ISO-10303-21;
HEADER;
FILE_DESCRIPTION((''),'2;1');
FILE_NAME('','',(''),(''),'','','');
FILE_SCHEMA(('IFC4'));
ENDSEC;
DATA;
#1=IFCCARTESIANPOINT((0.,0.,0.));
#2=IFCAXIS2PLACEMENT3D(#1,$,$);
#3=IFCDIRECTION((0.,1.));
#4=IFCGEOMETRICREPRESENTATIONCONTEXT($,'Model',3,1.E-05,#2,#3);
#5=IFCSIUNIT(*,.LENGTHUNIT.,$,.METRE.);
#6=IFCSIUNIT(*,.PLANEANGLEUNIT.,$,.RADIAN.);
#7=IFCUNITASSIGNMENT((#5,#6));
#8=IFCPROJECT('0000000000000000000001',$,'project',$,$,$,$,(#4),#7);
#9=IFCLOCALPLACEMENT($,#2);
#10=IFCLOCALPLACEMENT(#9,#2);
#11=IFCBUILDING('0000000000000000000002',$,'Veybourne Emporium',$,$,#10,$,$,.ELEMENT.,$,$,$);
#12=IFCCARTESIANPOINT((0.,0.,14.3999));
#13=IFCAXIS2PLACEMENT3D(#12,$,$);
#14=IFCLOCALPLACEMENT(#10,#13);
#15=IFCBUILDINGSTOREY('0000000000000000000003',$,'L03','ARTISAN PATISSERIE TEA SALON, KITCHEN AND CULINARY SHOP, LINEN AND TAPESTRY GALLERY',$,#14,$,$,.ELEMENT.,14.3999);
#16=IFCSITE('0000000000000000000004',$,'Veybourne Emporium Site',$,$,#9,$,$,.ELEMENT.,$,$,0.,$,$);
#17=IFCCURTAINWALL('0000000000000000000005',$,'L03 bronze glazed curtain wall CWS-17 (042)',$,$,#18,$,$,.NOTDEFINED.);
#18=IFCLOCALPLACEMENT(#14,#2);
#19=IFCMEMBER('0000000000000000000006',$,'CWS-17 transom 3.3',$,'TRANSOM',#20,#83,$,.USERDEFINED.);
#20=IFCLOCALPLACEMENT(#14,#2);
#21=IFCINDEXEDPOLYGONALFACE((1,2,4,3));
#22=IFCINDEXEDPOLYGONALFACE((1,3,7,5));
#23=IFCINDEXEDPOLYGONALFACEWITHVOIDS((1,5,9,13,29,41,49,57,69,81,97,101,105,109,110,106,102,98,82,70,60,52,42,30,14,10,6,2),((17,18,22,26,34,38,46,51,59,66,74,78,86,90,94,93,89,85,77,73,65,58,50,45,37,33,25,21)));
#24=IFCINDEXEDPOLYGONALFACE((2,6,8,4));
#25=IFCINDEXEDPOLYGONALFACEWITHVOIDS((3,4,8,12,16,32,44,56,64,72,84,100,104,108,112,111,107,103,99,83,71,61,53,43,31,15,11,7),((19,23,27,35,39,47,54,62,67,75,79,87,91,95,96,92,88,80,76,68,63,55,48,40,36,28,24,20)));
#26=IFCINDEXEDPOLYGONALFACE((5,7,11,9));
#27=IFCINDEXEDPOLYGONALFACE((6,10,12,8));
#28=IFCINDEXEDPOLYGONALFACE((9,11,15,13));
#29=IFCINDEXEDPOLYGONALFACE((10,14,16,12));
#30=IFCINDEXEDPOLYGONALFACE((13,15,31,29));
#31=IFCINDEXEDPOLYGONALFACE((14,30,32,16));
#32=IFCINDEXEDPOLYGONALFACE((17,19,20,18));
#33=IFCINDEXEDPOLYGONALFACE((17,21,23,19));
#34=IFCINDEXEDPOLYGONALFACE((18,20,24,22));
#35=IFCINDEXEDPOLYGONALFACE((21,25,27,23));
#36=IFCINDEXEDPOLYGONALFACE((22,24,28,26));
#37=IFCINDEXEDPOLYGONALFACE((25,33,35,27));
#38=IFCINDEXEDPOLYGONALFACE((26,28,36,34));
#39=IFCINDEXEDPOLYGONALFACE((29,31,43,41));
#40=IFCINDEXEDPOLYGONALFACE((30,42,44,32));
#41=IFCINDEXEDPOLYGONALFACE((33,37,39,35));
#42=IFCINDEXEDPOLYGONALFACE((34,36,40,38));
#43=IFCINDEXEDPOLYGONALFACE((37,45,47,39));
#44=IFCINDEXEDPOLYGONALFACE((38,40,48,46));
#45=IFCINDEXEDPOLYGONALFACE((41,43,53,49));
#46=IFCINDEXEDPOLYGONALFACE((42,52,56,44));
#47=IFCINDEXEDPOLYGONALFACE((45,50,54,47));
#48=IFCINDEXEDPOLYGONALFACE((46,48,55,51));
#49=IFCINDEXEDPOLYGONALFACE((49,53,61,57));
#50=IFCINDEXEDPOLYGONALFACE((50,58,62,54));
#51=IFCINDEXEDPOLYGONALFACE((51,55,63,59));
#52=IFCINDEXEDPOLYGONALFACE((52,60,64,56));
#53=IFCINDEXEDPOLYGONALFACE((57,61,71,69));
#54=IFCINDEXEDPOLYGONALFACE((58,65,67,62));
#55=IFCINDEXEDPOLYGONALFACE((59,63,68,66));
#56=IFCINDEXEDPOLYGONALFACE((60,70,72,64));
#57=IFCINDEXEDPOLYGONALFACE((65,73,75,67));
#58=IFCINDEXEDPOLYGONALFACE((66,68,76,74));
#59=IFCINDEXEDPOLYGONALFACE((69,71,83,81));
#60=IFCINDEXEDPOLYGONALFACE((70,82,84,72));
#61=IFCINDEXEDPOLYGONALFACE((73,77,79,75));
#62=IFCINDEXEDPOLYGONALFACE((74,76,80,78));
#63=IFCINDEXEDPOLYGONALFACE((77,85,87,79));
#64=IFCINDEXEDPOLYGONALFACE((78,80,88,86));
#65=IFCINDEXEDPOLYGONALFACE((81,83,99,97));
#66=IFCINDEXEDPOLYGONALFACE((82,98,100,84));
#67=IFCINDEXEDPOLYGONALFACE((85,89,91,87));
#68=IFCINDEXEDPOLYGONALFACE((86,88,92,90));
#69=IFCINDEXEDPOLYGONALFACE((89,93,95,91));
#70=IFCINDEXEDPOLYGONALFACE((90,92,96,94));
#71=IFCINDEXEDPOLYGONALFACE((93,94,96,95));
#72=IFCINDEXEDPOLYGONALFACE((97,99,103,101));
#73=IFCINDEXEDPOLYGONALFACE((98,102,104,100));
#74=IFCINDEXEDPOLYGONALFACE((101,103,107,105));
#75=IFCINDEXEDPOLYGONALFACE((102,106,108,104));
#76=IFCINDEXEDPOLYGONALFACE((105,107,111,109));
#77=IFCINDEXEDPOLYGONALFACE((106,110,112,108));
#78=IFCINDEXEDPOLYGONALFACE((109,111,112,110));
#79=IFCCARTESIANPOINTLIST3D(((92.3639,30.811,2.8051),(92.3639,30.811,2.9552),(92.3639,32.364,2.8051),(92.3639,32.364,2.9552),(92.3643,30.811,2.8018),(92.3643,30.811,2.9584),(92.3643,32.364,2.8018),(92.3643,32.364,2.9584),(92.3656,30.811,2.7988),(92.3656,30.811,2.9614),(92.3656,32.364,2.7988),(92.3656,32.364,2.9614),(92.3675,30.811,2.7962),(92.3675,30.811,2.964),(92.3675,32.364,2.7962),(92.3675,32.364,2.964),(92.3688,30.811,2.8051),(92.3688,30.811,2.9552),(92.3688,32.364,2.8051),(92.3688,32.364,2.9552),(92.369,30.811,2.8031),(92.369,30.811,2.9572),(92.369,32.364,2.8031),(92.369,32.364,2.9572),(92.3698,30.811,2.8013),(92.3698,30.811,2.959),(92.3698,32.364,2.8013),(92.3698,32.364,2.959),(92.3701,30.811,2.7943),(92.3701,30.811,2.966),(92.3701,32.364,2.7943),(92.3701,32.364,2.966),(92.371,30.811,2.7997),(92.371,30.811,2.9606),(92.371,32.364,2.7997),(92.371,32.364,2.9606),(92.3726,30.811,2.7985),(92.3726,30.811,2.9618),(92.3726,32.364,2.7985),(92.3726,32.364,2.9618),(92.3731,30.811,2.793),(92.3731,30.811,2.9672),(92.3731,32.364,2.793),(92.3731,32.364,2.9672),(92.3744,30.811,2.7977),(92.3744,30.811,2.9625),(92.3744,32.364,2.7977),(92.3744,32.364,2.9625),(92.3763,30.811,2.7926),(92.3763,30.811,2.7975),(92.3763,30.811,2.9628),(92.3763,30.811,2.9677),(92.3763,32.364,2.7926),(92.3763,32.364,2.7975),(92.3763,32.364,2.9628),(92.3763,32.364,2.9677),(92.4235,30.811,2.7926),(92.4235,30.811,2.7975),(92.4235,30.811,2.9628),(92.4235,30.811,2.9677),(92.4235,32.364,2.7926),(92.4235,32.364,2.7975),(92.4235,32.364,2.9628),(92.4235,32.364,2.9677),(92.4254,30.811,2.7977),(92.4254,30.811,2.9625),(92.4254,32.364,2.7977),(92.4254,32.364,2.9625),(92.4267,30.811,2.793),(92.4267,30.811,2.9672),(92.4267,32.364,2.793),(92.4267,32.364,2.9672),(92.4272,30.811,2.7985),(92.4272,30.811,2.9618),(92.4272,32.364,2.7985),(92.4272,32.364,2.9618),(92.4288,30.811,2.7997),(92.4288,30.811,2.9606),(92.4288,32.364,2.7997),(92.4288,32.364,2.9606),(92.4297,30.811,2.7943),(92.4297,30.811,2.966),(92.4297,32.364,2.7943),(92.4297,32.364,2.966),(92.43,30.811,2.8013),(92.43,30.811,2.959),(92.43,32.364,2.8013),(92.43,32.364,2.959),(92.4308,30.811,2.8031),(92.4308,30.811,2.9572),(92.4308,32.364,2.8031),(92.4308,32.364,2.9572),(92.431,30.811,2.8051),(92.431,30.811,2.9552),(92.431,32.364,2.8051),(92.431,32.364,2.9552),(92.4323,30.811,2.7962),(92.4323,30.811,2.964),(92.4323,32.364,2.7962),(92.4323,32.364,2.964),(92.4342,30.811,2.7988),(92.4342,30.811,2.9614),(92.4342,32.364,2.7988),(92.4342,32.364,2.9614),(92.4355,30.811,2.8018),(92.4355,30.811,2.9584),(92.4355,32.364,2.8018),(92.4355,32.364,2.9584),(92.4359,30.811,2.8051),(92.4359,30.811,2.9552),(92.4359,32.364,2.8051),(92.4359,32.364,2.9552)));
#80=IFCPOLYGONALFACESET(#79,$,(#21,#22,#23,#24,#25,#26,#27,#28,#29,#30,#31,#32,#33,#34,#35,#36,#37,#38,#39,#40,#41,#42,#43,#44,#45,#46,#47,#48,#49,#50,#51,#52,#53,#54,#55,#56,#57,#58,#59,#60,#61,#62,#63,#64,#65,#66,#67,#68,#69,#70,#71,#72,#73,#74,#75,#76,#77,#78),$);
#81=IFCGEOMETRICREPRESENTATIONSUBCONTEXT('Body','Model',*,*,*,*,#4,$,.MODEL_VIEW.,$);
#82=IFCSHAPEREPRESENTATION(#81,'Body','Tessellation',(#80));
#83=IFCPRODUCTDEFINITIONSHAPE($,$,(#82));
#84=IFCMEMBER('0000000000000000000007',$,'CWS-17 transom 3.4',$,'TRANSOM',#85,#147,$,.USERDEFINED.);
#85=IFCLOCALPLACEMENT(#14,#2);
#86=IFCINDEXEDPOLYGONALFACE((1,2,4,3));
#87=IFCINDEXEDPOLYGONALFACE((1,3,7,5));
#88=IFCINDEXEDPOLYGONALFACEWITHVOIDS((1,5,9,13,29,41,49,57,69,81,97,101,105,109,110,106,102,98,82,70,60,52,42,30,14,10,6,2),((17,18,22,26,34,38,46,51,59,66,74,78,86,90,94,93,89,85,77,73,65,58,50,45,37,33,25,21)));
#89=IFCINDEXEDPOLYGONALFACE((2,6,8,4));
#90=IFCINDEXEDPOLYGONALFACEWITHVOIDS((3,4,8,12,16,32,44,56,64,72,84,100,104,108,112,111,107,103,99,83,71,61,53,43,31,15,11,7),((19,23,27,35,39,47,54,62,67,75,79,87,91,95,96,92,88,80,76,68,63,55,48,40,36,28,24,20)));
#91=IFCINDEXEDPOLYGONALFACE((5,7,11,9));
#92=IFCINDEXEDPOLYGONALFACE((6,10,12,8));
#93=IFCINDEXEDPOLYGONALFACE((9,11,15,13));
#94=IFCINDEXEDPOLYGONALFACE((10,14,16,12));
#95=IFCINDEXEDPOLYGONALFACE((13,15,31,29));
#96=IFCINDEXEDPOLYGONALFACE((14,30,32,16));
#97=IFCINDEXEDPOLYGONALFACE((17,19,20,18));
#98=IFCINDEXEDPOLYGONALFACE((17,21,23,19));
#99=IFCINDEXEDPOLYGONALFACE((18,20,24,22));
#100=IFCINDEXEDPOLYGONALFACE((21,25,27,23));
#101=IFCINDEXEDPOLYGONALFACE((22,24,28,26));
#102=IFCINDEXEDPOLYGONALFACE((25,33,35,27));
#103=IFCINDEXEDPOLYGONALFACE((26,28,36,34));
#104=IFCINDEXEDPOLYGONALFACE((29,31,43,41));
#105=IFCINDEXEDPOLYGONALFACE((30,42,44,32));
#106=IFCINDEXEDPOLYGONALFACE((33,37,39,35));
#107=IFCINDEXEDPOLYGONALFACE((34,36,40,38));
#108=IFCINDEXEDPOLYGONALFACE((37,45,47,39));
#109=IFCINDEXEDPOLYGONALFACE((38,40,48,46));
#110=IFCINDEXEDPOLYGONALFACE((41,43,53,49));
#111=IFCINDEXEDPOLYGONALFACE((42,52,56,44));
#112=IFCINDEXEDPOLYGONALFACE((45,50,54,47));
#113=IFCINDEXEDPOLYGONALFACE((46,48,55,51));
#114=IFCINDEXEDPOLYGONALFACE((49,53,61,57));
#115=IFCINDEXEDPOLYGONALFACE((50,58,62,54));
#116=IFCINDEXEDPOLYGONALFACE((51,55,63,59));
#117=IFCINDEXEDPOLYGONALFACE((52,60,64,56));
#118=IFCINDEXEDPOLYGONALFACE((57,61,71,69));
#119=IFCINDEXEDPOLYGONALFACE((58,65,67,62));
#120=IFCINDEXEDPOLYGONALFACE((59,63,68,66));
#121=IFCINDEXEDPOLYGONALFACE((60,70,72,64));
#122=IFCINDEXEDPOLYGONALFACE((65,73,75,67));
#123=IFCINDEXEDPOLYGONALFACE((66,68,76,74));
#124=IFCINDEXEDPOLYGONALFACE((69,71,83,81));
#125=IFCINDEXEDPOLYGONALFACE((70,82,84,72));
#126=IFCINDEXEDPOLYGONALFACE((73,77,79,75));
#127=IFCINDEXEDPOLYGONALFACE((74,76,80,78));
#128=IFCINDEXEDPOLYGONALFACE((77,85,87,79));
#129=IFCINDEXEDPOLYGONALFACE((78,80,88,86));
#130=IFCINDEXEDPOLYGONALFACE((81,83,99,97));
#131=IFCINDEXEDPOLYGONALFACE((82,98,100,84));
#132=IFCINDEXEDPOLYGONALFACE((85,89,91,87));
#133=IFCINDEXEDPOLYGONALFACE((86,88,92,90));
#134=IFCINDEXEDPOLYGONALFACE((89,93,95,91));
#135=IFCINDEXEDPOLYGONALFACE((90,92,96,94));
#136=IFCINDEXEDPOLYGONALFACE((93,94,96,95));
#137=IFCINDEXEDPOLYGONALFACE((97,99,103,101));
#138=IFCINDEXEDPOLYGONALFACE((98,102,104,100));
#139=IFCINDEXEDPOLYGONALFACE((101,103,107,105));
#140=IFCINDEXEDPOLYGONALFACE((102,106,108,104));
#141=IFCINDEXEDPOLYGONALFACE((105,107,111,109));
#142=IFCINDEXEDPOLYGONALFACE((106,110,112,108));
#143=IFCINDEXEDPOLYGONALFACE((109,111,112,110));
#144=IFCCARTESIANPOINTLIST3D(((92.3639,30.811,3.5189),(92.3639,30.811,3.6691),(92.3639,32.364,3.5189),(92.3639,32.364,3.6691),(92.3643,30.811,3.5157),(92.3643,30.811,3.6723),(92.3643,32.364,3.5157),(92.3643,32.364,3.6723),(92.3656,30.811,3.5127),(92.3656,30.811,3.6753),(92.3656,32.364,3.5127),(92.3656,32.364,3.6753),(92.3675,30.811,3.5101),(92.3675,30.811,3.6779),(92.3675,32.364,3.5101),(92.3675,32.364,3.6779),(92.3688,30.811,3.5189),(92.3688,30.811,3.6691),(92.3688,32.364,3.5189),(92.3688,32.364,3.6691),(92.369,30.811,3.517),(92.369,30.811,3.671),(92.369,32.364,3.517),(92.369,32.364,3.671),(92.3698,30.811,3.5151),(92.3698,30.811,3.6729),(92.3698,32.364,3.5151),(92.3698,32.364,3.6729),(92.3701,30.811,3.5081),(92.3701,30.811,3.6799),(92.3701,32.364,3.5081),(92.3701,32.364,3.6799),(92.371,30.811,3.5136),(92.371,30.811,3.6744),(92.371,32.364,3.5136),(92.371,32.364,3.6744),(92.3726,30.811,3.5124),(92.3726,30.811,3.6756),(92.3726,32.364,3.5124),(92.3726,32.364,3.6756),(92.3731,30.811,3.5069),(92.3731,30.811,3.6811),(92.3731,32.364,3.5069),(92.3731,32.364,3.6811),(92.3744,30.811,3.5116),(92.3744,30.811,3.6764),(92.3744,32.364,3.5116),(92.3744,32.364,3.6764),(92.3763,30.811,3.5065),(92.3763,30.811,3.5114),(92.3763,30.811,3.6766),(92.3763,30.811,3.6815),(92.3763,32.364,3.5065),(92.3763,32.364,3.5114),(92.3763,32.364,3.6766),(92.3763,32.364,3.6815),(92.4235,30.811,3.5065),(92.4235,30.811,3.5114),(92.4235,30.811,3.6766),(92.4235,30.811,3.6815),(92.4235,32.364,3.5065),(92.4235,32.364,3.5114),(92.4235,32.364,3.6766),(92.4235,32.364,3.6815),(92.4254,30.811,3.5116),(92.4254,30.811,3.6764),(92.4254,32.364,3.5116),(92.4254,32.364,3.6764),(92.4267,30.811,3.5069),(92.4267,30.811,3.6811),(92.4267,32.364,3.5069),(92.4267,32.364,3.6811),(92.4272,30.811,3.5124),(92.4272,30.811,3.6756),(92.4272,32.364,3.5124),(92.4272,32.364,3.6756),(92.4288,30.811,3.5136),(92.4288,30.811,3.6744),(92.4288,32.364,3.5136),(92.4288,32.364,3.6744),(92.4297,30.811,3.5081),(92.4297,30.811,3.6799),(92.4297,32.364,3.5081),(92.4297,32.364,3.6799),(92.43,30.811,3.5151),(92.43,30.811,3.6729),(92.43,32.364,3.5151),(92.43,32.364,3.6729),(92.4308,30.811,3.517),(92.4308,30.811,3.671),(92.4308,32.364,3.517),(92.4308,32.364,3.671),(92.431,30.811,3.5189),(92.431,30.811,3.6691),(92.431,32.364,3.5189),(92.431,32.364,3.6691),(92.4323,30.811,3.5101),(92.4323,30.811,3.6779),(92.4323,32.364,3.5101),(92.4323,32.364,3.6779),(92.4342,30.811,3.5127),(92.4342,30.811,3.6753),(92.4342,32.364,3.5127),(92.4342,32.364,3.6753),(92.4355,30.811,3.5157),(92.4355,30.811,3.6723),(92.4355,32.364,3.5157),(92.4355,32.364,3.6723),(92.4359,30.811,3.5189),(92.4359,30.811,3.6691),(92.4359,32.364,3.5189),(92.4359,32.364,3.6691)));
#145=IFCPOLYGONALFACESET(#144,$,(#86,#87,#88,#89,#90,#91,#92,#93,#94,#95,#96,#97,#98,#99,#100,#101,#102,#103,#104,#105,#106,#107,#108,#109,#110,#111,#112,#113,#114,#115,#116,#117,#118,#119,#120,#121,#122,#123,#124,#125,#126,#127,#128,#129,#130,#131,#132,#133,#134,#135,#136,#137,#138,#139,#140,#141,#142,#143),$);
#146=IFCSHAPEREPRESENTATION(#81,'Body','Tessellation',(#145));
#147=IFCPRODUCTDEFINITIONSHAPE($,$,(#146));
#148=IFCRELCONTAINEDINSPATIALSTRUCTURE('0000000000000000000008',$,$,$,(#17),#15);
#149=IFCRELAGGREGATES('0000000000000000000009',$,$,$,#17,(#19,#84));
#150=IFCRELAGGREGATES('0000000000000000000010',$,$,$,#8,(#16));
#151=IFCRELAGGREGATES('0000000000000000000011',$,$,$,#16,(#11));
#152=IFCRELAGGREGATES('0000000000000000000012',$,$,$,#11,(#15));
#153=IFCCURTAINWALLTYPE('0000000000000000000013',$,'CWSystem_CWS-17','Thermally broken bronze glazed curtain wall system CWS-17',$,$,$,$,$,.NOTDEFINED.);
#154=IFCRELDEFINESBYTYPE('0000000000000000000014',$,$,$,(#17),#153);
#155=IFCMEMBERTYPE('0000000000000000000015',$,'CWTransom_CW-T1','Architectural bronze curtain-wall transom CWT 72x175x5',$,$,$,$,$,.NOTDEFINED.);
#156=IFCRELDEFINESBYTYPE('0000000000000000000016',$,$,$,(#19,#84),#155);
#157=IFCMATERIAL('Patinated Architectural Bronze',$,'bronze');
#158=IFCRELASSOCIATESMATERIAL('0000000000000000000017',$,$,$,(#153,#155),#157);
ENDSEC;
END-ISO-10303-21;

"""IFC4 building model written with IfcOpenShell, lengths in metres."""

from ifc_helpers import new_model, si_unit, direction, frame, origin, origin_2d, place, context, subcontext, project, spatial, hollow_rectangle, extrude, material, material_profile, profile_set, type_object, element, aggregate, save


model = new_model("IFC4")

# Units and contexts
model_context = context("Model", 3, precision=1e-05, world=origin(), true_north=direction((0.0, 1.0)))
body_context = subcontext(model_context, "Body", "Model", "MODEL_VIEW")
ifc_project = project(units=[si_unit("LENGTHUNIT", "METRE"), si_unit("PLANEANGLEUNIT", "RADIAN")], contexts=[model_context])

# Site, building, storey
site_placement = place(None, origin())
site = spatial("IfcSite", under=ifc_project, at=site_placement, Name="Veybourne Emporium Site", CompositionType="ELEMENT", RefElevation=0.0)
building_placement = place(site_placement, origin())
building = spatial("IfcBuilding", under=site, at=building_placement, Name="Veybourne Emporium", CompositionType="ELEMENT")
storey_placement = place(building_placement, frame((0.0, 0.0, 14.3999)))
storey = spatial("IfcBuildingStorey", under=building, at=storey_placement, Name="L03", Description="ARTISAN PATISSERIE TEA SALON, KITCHEN AND CULINARY SHOP, LINEN AND TAPESTRY GALLERY", CompositionType="ELEMENT", Elevation=14.3999)

# Curtain wall, members
ifc_material_1 = material(Name="Patinated Architectural Bronze", Category="bronze")
curtain_wall_type = type_object("IfcCurtainWallType", Name="CWSystem_CWS-17", Description="Thermally broken bronze glazed curtain wall system CWS-17", PredefinedType="NOTDEFINED", material=ifc_material_1)
curtain_wall_placement = place(storey_placement, origin())
curtain_wall = element("IfcCurtainWall", 1, at=curtain_wall_placement, inside=storey, type_object=curtain_wall_type, Name="L03 bronze glazed curtain wall CWS-17 (042)", PredefinedType="NOTDEFINED")
ifc_material_profile_1 = material_profile(ifc_material_1, hollow_rectangle(XDim=0.072, YDim=0.175, WallThickness=0.0049, InnerFilletRadius=0.0076, OuterFilletRadius=0.0125, at=origin_2d()), Name="CWT 72x175x5")
ifc_profile_set_1 = profile_set([ifc_material_profile_1], Name="Patinated Architectural Bronze")
member_type_1 = type_object("IfcMemberType", Name="CWTransom_CW-T1", Description="Architectural bronze curtain-wall transom CWT 72x175x5", PredefinedType="NOTDEFINED", material=ifc_profile_set_1)
member_1_placement = place(storey_placement, frame((92.3999, 32.364, 2.8801), z_axis=(0.0, -1.0, 0.0), x_axis=(1.0, 0.0, 0.0)))
member_1 = element("IfcMember", 2, at=member_1_placement, type_object=member_type_1, Name="CWS-17 transom 3.3", ObjectType="TRANSOM", PredefinedType="USERDEFINED", context=body_context, shape_type="SweptSolid", body=[
    extrude(hollow_rectangle(XDim=0.072, YDim=0.175, WallThickness=0.0049, InnerFilletRadius=0.0076, OuterFilletRadius=0.0125, at=origin_2d()), origin(), (0.0, 0.0, 1.0), 1.553),
])
member_2_placement = place(storey_placement, frame((92.3999, 32.364, 3.594), z_axis=(0.0, -1.0, 0.0), x_axis=(1.0, 0.0, 0.0)))
member_2 = element("IfcMember", 3, at=member_2_placement, type_object=member_type_1, Name="CWS-17 transom 3.4", ObjectType="TRANSOM", PredefinedType="USERDEFINED", context=body_context, shape_type="SweptSolid", body=[
    extrude(hollow_rectangle(XDim=0.072, YDim=0.175, WallThickness=0.0049, InnerFilletRadius=0.0076, OuterFilletRadius=0.0125, at=origin_2d()), origin(), (0.0, 0.0, 1.0), 1.553),
])

aggregate(curtain_wall, [member_1, member_2])

save(model, "model.ifc")
